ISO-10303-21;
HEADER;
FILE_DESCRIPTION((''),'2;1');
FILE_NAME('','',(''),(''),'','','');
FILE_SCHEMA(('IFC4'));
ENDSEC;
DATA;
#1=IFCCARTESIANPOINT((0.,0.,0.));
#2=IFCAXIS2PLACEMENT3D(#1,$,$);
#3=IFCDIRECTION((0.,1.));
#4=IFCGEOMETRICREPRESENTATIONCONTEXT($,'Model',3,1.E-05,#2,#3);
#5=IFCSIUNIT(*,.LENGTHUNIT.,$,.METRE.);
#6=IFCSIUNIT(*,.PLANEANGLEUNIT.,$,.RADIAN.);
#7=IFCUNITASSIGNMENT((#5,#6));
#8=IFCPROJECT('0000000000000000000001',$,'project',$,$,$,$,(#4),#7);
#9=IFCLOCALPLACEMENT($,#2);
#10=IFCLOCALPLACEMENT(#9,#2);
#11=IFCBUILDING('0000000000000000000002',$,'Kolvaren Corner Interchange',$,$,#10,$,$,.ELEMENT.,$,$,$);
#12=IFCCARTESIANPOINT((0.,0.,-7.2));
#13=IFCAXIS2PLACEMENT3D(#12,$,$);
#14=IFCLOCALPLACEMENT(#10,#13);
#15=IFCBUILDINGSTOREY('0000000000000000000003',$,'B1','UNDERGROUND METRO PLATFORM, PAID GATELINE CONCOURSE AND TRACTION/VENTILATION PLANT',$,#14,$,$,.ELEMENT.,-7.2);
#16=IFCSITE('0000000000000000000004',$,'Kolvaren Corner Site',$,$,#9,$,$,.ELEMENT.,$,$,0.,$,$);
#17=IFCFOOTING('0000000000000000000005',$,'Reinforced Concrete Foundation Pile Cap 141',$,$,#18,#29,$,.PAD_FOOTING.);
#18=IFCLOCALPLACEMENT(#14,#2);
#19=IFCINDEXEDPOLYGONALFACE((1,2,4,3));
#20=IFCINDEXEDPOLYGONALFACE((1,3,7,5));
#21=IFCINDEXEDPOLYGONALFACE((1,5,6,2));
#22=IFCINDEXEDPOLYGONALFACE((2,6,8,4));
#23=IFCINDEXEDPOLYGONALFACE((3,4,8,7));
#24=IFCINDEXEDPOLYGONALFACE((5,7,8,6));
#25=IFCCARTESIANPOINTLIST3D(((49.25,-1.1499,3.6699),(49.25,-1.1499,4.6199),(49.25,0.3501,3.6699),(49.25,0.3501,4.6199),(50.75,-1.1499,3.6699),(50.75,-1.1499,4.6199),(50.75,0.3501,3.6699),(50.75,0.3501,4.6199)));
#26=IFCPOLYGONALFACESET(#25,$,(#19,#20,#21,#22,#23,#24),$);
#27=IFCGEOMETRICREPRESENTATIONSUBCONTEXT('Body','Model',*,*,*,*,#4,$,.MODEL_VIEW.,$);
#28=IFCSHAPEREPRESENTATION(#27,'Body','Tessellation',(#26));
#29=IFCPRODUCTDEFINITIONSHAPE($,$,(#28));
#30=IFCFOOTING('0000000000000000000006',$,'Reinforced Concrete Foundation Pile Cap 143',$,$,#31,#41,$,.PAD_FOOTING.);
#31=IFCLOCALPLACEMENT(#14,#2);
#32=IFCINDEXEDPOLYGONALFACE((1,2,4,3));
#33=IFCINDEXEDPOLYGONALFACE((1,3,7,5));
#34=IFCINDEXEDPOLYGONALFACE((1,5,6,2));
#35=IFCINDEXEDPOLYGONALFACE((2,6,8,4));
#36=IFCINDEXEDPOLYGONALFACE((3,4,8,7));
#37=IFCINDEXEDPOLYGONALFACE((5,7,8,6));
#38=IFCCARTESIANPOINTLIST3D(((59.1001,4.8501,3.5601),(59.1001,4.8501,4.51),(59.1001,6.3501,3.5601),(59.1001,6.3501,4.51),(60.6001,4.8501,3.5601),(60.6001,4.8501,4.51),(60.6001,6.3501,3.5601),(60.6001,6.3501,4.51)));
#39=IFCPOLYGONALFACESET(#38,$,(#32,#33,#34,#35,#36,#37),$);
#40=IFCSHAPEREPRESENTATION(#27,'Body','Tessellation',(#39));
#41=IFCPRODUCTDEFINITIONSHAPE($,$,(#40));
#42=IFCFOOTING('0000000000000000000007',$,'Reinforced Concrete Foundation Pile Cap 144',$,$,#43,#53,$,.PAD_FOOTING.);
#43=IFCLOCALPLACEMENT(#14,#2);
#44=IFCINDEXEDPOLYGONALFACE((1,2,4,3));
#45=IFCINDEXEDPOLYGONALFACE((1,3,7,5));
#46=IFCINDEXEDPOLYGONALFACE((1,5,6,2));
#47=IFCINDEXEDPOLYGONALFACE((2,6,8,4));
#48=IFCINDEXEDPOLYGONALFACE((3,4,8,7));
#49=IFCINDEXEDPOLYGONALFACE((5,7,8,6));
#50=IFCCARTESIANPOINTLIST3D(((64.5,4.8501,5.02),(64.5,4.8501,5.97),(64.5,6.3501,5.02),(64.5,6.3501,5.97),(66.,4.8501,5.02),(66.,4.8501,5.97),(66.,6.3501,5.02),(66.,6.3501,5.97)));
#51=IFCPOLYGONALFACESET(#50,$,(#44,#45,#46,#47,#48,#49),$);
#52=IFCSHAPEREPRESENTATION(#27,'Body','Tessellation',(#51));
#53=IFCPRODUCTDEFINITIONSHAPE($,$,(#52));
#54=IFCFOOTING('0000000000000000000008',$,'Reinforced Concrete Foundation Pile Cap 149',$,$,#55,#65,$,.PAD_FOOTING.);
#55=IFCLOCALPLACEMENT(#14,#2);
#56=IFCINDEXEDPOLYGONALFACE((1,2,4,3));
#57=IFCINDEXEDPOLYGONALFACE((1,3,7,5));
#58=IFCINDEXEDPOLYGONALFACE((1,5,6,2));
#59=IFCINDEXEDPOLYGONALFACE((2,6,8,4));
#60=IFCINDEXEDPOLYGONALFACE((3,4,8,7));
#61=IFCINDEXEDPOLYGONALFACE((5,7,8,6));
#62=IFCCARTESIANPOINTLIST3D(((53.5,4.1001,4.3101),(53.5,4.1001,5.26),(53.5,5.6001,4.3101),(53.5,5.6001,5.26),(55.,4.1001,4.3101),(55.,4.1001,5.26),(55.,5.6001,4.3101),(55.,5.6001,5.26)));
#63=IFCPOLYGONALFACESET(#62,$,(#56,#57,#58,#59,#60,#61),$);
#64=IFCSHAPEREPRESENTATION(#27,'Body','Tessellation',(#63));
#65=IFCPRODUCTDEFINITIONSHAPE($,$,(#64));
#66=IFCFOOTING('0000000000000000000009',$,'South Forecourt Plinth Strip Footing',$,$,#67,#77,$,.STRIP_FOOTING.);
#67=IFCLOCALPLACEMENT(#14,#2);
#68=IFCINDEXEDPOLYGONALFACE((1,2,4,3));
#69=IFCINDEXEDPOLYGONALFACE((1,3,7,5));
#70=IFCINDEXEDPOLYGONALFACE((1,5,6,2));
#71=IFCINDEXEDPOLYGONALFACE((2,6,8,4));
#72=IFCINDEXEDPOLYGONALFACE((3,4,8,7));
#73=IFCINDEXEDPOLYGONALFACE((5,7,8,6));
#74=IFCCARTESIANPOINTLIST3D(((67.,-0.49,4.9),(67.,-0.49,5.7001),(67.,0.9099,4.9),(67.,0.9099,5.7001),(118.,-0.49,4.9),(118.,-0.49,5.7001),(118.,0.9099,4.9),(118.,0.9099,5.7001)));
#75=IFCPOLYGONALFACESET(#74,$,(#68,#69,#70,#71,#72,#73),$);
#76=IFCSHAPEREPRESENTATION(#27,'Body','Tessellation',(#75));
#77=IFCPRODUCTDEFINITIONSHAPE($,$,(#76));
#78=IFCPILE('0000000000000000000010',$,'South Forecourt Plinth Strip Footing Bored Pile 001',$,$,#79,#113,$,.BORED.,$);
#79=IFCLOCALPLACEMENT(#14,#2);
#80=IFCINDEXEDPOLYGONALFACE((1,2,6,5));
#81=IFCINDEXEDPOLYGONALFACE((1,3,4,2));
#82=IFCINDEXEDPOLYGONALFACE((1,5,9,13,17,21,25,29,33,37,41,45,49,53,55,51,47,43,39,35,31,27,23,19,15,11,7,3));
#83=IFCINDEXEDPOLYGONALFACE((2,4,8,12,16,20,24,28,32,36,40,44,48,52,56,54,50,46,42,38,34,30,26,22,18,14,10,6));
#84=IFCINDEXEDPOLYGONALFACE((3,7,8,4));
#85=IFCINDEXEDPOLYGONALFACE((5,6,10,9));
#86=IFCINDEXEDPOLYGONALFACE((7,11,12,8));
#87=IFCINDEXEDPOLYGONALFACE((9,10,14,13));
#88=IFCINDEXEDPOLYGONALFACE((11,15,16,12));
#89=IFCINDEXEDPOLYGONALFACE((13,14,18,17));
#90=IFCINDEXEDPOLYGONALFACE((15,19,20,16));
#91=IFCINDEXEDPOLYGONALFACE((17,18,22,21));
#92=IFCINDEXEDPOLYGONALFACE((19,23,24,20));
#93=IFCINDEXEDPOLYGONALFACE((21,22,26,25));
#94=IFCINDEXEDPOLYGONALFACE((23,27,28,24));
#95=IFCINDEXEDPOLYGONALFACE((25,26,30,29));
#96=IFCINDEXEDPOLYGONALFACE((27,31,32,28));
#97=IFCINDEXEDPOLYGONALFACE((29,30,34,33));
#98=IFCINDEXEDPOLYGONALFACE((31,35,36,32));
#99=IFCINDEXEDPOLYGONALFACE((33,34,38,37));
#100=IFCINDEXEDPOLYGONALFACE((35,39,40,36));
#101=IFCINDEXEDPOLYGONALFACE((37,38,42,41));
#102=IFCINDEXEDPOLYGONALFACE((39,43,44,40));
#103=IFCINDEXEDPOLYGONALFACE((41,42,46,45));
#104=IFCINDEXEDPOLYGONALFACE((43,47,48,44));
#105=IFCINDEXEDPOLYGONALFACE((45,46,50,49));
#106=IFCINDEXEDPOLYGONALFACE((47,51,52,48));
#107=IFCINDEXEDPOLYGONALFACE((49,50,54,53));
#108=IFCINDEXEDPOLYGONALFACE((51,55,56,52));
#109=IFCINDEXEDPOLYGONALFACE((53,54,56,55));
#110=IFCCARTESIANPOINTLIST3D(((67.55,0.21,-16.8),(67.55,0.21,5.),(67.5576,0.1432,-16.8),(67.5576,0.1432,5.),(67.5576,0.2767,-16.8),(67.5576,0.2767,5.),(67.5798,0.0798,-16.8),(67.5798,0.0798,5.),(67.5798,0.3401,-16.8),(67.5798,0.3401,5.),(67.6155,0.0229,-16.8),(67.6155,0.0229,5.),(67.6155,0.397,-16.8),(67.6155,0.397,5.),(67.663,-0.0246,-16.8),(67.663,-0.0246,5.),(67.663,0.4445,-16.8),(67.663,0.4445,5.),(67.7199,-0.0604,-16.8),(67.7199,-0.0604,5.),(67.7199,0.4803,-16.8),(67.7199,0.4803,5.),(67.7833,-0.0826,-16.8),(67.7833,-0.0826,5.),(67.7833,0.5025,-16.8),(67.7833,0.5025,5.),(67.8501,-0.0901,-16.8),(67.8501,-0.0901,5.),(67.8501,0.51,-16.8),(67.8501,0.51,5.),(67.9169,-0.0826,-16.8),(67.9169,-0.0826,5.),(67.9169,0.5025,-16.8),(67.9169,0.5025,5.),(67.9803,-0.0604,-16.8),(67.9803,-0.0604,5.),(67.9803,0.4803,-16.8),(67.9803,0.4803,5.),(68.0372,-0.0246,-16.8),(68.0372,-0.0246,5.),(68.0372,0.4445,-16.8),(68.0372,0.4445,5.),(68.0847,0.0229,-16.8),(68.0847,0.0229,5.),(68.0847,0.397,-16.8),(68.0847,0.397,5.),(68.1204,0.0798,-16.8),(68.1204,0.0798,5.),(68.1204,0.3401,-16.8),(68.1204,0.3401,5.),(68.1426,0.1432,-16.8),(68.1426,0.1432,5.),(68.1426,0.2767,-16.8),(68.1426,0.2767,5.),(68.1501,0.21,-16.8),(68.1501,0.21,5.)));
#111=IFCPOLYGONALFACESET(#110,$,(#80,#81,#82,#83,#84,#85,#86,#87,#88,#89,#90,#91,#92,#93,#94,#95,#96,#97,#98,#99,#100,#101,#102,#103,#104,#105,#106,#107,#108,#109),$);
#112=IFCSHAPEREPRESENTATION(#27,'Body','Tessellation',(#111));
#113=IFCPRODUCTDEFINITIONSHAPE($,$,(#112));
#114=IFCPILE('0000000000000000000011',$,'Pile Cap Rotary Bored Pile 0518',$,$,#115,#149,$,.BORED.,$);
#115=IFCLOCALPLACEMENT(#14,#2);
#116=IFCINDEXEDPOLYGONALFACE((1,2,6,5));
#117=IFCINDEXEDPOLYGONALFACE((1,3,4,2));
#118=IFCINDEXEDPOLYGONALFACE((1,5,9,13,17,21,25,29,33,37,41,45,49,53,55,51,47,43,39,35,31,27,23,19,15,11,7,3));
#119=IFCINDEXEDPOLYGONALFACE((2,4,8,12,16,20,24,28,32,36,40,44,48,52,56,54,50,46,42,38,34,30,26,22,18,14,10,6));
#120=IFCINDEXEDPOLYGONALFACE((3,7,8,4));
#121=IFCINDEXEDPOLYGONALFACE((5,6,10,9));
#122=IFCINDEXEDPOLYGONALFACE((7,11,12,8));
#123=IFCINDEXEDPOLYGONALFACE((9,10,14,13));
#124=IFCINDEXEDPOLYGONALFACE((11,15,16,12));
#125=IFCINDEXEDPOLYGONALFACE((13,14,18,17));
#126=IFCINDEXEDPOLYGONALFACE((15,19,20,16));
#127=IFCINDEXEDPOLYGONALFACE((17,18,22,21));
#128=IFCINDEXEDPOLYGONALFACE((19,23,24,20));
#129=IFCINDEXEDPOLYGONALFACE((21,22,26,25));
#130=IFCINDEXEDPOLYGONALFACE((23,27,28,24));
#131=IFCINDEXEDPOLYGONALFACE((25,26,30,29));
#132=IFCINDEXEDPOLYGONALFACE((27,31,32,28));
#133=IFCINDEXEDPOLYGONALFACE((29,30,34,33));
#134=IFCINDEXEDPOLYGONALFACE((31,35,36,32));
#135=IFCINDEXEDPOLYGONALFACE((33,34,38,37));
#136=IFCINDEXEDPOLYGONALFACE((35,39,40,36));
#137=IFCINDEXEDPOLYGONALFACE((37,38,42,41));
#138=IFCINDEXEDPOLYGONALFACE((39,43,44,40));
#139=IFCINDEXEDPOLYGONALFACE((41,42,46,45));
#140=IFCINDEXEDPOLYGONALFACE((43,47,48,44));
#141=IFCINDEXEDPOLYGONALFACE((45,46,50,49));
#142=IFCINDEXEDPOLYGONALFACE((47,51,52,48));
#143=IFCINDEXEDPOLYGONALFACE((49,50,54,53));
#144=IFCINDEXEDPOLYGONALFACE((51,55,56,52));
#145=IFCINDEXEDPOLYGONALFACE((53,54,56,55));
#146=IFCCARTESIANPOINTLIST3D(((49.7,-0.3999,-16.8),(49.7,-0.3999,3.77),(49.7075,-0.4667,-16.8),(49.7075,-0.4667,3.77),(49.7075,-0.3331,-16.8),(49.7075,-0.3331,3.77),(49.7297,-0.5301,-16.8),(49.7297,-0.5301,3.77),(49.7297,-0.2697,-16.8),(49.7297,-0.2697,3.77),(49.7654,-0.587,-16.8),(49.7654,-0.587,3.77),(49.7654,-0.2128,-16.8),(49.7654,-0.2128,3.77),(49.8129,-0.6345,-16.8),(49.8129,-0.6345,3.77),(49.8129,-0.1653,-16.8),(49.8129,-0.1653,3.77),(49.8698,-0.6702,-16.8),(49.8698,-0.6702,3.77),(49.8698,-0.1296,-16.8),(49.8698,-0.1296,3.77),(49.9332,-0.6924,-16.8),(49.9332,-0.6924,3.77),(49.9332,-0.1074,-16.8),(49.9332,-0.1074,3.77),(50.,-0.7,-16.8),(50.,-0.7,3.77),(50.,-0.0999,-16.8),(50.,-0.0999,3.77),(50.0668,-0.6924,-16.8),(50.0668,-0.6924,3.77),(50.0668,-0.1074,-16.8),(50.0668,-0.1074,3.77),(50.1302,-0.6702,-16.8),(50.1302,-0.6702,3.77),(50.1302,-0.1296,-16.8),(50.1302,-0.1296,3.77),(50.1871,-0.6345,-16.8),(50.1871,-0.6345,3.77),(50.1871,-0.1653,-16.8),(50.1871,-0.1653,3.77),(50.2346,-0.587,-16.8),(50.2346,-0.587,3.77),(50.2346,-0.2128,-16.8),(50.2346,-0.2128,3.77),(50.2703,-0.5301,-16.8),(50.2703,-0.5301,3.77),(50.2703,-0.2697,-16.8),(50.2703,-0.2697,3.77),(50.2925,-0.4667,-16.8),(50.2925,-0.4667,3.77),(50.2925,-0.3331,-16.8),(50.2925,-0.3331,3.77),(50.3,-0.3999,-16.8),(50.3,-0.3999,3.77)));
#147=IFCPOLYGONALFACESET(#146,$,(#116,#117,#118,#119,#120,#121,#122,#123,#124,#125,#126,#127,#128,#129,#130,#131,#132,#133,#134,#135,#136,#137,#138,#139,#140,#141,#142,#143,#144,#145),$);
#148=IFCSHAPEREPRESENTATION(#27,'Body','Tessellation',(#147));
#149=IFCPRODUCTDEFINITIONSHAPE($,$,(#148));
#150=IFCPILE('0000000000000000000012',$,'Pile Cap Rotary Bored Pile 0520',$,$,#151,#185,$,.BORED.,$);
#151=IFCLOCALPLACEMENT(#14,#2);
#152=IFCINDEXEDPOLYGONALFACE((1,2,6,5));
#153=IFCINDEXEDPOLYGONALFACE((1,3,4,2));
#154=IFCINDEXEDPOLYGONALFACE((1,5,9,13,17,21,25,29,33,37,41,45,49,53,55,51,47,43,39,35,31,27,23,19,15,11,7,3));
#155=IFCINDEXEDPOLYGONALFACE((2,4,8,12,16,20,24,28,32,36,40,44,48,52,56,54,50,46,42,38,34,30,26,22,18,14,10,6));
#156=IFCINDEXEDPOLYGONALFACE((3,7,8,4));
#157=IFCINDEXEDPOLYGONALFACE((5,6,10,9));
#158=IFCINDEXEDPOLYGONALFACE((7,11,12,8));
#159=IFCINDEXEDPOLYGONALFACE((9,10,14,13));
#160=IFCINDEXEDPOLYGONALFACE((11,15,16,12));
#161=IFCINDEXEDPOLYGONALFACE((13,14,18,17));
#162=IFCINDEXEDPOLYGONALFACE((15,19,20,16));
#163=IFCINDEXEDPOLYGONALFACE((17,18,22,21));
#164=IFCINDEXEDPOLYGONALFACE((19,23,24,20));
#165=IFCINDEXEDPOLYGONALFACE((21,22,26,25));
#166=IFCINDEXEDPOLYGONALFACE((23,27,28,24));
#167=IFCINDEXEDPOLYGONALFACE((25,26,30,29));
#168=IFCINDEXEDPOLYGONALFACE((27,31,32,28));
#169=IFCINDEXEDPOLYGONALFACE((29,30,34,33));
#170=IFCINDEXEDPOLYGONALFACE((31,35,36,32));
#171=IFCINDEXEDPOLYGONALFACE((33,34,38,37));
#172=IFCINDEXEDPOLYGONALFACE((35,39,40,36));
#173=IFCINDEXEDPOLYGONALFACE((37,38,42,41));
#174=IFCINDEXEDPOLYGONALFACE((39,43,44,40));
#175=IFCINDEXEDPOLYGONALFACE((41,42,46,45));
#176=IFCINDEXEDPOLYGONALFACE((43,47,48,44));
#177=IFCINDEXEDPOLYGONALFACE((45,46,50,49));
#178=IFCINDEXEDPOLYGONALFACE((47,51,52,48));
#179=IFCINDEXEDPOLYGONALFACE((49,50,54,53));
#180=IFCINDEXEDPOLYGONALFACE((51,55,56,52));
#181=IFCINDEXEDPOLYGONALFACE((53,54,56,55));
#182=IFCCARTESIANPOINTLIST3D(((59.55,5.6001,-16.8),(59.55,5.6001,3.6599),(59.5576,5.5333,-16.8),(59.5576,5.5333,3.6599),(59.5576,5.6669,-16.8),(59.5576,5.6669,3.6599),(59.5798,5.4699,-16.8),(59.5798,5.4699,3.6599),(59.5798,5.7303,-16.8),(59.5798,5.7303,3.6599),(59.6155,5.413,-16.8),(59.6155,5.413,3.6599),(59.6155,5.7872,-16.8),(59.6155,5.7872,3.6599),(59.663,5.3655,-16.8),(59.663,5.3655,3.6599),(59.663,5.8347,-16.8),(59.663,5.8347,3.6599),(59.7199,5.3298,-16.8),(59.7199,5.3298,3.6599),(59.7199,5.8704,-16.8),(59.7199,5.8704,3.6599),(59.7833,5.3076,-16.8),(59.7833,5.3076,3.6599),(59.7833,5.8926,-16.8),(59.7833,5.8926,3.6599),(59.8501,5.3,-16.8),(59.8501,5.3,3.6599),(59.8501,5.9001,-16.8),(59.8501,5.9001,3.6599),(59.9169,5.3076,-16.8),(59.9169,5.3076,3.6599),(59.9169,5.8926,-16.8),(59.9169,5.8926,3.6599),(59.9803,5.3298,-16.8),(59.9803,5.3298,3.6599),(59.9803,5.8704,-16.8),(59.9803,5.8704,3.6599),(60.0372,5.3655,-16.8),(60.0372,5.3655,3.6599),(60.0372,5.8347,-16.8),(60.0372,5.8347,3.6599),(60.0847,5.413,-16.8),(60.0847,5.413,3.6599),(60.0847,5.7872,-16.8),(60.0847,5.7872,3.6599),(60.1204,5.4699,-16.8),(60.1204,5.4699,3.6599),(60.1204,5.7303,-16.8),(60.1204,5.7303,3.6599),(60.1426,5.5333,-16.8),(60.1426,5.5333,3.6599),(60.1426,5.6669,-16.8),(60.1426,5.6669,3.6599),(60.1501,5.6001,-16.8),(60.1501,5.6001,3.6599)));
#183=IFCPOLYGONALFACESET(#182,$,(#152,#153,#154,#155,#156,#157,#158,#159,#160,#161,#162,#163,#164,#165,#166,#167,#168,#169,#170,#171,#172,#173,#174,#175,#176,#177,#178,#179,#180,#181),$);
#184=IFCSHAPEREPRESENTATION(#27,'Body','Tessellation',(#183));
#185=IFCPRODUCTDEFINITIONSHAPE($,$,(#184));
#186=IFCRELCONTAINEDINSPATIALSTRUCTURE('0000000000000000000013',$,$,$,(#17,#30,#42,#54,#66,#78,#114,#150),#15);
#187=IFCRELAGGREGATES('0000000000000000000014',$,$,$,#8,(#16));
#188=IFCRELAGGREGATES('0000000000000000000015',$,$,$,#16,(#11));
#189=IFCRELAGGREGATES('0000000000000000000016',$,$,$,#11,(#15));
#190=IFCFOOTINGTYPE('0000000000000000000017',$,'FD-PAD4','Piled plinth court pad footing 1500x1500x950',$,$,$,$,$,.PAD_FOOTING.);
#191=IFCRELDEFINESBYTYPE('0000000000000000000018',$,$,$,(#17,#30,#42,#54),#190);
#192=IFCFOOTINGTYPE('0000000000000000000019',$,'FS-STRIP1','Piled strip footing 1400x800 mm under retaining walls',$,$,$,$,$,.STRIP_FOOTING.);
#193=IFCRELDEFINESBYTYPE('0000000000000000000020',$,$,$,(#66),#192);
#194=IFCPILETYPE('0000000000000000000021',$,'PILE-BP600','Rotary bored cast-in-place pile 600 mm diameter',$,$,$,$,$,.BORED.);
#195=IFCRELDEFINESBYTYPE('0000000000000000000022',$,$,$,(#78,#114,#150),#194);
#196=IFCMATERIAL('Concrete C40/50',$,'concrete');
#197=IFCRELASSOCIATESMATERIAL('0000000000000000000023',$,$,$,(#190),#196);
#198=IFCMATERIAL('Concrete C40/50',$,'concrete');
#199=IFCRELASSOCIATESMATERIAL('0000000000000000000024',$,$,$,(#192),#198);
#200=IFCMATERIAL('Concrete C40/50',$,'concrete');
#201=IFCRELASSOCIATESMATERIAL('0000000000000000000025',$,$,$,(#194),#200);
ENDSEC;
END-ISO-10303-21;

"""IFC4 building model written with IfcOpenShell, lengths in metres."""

from ifc_helpers import new_model, si_unit, direction, frame, origin, origin_2d, place, context, subcontext, project, spatial, rectangle, circle, extrude, material, material_profile, profile_set, type_object, element, save


model = new_model("IFC4")

# Units and contexts
model_context = context("Model", 3, precision=1e-05, world=origin(), true_north=direction((0.0, 1.0)))
body_context = subcontext(model_context, "Body", "Model", "MODEL_VIEW")
ifc_project = project(units=[si_unit("LENGTHUNIT", "METRE"), si_unit("PLANEANGLEUNIT", "RADIAN")], contexts=[model_context])

# Site, building, storey
site_placement = place(None, origin())
site = spatial("IfcSite", under=ifc_project, at=site_placement, Name="Kolvaren Corner Site", CompositionType="ELEMENT", RefElevation=0.0)
building_placement = place(site_placement, origin())
building = spatial("IfcBuilding", under=site, at=building_placement, Name="Kolvaren Corner Interchange", CompositionType="ELEMENT")
storey_placement = place(building_placement, frame((0.0, 0.0, -7.2)))
storey = spatial("IfcBuildingStorey", under=building, at=storey_placement, Name="B1", Description="UNDERGROUND METRO PLATFORM, PAID GATELINE CONCOURSE AND TRACTION/VENTILATION PLANT", CompositionType="ELEMENT", Elevation=-7.2)

# Footings
ifc_material_1 = material(Name="Concrete C40/50", Category="concrete")
footing_type_1 = type_object("IfcFootingType", Name="FD-PAD4", Description="Piled plinth court pad footing 1500x1500x950", PredefinedType="PAD_FOOTING", material=ifc_material_1)
for number, where, z_axis, x_axis, name in (
    (1, (50.0, -0.3999, 3.6699), (0.0, 0.0, 1.0), (1.0, 0.0, 0.0), "Reinforced Concrete Foundation Pile Cap 141"),
    (2, (59.8501, 5.6001, 3.5601), (0.0, 0.0, 1.0), (1.0, 0.0, 0.0), "Reinforced Concrete Foundation Pile Cap 143"),
    (3, (65.25, 5.6001, 5.02), (0.0, 0.0, 1.0), (1.0, 0.0, 0.0), "Reinforced Concrete Foundation Pile Cap 144"),
    (4, (54.25, 4.8501, 4.3101), (0.0, 0.0, 1.0), (1.0, 0.0, 0.0), "Reinforced Concrete Foundation Pile Cap 149"),
):
    element("IfcFooting", number, at=place(storey_placement, frame(where, z_axis=z_axis, x_axis=x_axis)), inside=storey, type_object=footing_type_1, Name=name, PredefinedType="PAD_FOOTING", context=body_context, shape_type="SweptSolid", body=[
        extrude(rectangle(XDim=1.5, YDim=1.5, at=origin_2d()), origin(), (0.0, 0.0, 1.0), 0.95),
    ])
ifc_material_2 = material(Name="Concrete C40/50", Category="concrete")
ifc_material_profile_1 = material_profile(ifc_material_2, rectangle(XDim=1.3999, YDim=0.8, at=origin_2d()), Name="STRIP 1400x800")
ifc_profile_set_1 = profile_set([ifc_material_profile_1], Name="Concrete C40/50")
footing_type_2 = type_object("IfcFootingType", Name="FS-STRIP1", Description="Piled strip footing 1400x800 mm under retaining walls", PredefinedType="STRIP_FOOTING", material=ifc_profile_set_1)
footing_placement = place(storey_placement, frame((67.0, 0.21, 5.3), z_axis=(1.0, 0.0, 0.0), x_axis=(0.0, 1.0, 0.0)))
element("IfcFooting", 5, at=footing_placement, inside=storey, type_object=footing_type_2, Name="South Forecourt Plinth Strip Footing", PredefinedType="STRIP_FOOTING", context=body_context, shape_type="SweptSolid", body=[
    extrude(rectangle(XDim=1.3999, YDim=0.8, at=origin_2d()), origin(), (0.0, 0.0, 1.0), 51.0),
])

# Piles
ifc_material_3 = material(Name="Concrete C40/50", Category="concrete")
ifc_material_profile_2 = material_profile(ifc_material_3, circle(Radius=0.3, at=origin_2d()), Name="BORED PILE 600")
ifc_profile_set_2 = profile_set([ifc_material_profile_2], Name="Concrete C40/50")
pile_type = type_object("IfcPileType", Name="PILE-BP600", Description="Rotary bored cast-in-place pile 600 mm diameter", PredefinedType="BORED", material=ifc_profile_set_2)
pile_1_placement = place(storey_placement, frame((67.8501, 0.21, 5.0), z_axis=(0.0, 0.0, -1.0), x_axis=(1.0, 0.0, 0.0)))
element("IfcPile", 6, at=pile_1_placement, inside=storey, type_object=pile_type, Name="South Forecourt Plinth Strip Footing Bored Pile 001", PredefinedType="BORED", context=body_context, shape_type="SweptSolid", body=[
    extrude(circle(Radius=0.3, at=origin_2d()), origin(), (0.0, 0.0, 1.0), 21.8),
])
pile_2_placement = place(storey_placement, frame((50.0, -0.3999, 3.77), z_axis=(0.0, 0.0, -1.0), x_axis=(1.0, 0.0, 0.0)))
element("IfcPile", 7, at=pile_2_placement, inside=storey, type_object=pile_type, Name="Pile Cap Rotary Bored Pile 0518", PredefinedType="BORED", context=body_context, shape_type="SweptSolid", body=[
    extrude(circle(Radius=0.3, at=origin_2d()), origin(), (0.0, 0.0, 1.0), 20.5701),
])
pile_3_placement = place(storey_placement, frame((59.8501, 5.6001, 3.6599), z_axis=(0.0, 0.0, -1.0), x_axis=(1.0, 0.0, 0.0)))
element("IfcPile", 8, at=pile_3_placement, inside=storey, type_object=pile_type, Name="Pile Cap Rotary Bored Pile 0520", PredefinedType="BORED", context=body_context, shape_type="SweptSolid", body=[
    extrude(circle(Radius=0.3, at=origin_2d()), origin(), (0.0, 0.0, 1.0), 20.46),
])

save(model, "model.ifc")
